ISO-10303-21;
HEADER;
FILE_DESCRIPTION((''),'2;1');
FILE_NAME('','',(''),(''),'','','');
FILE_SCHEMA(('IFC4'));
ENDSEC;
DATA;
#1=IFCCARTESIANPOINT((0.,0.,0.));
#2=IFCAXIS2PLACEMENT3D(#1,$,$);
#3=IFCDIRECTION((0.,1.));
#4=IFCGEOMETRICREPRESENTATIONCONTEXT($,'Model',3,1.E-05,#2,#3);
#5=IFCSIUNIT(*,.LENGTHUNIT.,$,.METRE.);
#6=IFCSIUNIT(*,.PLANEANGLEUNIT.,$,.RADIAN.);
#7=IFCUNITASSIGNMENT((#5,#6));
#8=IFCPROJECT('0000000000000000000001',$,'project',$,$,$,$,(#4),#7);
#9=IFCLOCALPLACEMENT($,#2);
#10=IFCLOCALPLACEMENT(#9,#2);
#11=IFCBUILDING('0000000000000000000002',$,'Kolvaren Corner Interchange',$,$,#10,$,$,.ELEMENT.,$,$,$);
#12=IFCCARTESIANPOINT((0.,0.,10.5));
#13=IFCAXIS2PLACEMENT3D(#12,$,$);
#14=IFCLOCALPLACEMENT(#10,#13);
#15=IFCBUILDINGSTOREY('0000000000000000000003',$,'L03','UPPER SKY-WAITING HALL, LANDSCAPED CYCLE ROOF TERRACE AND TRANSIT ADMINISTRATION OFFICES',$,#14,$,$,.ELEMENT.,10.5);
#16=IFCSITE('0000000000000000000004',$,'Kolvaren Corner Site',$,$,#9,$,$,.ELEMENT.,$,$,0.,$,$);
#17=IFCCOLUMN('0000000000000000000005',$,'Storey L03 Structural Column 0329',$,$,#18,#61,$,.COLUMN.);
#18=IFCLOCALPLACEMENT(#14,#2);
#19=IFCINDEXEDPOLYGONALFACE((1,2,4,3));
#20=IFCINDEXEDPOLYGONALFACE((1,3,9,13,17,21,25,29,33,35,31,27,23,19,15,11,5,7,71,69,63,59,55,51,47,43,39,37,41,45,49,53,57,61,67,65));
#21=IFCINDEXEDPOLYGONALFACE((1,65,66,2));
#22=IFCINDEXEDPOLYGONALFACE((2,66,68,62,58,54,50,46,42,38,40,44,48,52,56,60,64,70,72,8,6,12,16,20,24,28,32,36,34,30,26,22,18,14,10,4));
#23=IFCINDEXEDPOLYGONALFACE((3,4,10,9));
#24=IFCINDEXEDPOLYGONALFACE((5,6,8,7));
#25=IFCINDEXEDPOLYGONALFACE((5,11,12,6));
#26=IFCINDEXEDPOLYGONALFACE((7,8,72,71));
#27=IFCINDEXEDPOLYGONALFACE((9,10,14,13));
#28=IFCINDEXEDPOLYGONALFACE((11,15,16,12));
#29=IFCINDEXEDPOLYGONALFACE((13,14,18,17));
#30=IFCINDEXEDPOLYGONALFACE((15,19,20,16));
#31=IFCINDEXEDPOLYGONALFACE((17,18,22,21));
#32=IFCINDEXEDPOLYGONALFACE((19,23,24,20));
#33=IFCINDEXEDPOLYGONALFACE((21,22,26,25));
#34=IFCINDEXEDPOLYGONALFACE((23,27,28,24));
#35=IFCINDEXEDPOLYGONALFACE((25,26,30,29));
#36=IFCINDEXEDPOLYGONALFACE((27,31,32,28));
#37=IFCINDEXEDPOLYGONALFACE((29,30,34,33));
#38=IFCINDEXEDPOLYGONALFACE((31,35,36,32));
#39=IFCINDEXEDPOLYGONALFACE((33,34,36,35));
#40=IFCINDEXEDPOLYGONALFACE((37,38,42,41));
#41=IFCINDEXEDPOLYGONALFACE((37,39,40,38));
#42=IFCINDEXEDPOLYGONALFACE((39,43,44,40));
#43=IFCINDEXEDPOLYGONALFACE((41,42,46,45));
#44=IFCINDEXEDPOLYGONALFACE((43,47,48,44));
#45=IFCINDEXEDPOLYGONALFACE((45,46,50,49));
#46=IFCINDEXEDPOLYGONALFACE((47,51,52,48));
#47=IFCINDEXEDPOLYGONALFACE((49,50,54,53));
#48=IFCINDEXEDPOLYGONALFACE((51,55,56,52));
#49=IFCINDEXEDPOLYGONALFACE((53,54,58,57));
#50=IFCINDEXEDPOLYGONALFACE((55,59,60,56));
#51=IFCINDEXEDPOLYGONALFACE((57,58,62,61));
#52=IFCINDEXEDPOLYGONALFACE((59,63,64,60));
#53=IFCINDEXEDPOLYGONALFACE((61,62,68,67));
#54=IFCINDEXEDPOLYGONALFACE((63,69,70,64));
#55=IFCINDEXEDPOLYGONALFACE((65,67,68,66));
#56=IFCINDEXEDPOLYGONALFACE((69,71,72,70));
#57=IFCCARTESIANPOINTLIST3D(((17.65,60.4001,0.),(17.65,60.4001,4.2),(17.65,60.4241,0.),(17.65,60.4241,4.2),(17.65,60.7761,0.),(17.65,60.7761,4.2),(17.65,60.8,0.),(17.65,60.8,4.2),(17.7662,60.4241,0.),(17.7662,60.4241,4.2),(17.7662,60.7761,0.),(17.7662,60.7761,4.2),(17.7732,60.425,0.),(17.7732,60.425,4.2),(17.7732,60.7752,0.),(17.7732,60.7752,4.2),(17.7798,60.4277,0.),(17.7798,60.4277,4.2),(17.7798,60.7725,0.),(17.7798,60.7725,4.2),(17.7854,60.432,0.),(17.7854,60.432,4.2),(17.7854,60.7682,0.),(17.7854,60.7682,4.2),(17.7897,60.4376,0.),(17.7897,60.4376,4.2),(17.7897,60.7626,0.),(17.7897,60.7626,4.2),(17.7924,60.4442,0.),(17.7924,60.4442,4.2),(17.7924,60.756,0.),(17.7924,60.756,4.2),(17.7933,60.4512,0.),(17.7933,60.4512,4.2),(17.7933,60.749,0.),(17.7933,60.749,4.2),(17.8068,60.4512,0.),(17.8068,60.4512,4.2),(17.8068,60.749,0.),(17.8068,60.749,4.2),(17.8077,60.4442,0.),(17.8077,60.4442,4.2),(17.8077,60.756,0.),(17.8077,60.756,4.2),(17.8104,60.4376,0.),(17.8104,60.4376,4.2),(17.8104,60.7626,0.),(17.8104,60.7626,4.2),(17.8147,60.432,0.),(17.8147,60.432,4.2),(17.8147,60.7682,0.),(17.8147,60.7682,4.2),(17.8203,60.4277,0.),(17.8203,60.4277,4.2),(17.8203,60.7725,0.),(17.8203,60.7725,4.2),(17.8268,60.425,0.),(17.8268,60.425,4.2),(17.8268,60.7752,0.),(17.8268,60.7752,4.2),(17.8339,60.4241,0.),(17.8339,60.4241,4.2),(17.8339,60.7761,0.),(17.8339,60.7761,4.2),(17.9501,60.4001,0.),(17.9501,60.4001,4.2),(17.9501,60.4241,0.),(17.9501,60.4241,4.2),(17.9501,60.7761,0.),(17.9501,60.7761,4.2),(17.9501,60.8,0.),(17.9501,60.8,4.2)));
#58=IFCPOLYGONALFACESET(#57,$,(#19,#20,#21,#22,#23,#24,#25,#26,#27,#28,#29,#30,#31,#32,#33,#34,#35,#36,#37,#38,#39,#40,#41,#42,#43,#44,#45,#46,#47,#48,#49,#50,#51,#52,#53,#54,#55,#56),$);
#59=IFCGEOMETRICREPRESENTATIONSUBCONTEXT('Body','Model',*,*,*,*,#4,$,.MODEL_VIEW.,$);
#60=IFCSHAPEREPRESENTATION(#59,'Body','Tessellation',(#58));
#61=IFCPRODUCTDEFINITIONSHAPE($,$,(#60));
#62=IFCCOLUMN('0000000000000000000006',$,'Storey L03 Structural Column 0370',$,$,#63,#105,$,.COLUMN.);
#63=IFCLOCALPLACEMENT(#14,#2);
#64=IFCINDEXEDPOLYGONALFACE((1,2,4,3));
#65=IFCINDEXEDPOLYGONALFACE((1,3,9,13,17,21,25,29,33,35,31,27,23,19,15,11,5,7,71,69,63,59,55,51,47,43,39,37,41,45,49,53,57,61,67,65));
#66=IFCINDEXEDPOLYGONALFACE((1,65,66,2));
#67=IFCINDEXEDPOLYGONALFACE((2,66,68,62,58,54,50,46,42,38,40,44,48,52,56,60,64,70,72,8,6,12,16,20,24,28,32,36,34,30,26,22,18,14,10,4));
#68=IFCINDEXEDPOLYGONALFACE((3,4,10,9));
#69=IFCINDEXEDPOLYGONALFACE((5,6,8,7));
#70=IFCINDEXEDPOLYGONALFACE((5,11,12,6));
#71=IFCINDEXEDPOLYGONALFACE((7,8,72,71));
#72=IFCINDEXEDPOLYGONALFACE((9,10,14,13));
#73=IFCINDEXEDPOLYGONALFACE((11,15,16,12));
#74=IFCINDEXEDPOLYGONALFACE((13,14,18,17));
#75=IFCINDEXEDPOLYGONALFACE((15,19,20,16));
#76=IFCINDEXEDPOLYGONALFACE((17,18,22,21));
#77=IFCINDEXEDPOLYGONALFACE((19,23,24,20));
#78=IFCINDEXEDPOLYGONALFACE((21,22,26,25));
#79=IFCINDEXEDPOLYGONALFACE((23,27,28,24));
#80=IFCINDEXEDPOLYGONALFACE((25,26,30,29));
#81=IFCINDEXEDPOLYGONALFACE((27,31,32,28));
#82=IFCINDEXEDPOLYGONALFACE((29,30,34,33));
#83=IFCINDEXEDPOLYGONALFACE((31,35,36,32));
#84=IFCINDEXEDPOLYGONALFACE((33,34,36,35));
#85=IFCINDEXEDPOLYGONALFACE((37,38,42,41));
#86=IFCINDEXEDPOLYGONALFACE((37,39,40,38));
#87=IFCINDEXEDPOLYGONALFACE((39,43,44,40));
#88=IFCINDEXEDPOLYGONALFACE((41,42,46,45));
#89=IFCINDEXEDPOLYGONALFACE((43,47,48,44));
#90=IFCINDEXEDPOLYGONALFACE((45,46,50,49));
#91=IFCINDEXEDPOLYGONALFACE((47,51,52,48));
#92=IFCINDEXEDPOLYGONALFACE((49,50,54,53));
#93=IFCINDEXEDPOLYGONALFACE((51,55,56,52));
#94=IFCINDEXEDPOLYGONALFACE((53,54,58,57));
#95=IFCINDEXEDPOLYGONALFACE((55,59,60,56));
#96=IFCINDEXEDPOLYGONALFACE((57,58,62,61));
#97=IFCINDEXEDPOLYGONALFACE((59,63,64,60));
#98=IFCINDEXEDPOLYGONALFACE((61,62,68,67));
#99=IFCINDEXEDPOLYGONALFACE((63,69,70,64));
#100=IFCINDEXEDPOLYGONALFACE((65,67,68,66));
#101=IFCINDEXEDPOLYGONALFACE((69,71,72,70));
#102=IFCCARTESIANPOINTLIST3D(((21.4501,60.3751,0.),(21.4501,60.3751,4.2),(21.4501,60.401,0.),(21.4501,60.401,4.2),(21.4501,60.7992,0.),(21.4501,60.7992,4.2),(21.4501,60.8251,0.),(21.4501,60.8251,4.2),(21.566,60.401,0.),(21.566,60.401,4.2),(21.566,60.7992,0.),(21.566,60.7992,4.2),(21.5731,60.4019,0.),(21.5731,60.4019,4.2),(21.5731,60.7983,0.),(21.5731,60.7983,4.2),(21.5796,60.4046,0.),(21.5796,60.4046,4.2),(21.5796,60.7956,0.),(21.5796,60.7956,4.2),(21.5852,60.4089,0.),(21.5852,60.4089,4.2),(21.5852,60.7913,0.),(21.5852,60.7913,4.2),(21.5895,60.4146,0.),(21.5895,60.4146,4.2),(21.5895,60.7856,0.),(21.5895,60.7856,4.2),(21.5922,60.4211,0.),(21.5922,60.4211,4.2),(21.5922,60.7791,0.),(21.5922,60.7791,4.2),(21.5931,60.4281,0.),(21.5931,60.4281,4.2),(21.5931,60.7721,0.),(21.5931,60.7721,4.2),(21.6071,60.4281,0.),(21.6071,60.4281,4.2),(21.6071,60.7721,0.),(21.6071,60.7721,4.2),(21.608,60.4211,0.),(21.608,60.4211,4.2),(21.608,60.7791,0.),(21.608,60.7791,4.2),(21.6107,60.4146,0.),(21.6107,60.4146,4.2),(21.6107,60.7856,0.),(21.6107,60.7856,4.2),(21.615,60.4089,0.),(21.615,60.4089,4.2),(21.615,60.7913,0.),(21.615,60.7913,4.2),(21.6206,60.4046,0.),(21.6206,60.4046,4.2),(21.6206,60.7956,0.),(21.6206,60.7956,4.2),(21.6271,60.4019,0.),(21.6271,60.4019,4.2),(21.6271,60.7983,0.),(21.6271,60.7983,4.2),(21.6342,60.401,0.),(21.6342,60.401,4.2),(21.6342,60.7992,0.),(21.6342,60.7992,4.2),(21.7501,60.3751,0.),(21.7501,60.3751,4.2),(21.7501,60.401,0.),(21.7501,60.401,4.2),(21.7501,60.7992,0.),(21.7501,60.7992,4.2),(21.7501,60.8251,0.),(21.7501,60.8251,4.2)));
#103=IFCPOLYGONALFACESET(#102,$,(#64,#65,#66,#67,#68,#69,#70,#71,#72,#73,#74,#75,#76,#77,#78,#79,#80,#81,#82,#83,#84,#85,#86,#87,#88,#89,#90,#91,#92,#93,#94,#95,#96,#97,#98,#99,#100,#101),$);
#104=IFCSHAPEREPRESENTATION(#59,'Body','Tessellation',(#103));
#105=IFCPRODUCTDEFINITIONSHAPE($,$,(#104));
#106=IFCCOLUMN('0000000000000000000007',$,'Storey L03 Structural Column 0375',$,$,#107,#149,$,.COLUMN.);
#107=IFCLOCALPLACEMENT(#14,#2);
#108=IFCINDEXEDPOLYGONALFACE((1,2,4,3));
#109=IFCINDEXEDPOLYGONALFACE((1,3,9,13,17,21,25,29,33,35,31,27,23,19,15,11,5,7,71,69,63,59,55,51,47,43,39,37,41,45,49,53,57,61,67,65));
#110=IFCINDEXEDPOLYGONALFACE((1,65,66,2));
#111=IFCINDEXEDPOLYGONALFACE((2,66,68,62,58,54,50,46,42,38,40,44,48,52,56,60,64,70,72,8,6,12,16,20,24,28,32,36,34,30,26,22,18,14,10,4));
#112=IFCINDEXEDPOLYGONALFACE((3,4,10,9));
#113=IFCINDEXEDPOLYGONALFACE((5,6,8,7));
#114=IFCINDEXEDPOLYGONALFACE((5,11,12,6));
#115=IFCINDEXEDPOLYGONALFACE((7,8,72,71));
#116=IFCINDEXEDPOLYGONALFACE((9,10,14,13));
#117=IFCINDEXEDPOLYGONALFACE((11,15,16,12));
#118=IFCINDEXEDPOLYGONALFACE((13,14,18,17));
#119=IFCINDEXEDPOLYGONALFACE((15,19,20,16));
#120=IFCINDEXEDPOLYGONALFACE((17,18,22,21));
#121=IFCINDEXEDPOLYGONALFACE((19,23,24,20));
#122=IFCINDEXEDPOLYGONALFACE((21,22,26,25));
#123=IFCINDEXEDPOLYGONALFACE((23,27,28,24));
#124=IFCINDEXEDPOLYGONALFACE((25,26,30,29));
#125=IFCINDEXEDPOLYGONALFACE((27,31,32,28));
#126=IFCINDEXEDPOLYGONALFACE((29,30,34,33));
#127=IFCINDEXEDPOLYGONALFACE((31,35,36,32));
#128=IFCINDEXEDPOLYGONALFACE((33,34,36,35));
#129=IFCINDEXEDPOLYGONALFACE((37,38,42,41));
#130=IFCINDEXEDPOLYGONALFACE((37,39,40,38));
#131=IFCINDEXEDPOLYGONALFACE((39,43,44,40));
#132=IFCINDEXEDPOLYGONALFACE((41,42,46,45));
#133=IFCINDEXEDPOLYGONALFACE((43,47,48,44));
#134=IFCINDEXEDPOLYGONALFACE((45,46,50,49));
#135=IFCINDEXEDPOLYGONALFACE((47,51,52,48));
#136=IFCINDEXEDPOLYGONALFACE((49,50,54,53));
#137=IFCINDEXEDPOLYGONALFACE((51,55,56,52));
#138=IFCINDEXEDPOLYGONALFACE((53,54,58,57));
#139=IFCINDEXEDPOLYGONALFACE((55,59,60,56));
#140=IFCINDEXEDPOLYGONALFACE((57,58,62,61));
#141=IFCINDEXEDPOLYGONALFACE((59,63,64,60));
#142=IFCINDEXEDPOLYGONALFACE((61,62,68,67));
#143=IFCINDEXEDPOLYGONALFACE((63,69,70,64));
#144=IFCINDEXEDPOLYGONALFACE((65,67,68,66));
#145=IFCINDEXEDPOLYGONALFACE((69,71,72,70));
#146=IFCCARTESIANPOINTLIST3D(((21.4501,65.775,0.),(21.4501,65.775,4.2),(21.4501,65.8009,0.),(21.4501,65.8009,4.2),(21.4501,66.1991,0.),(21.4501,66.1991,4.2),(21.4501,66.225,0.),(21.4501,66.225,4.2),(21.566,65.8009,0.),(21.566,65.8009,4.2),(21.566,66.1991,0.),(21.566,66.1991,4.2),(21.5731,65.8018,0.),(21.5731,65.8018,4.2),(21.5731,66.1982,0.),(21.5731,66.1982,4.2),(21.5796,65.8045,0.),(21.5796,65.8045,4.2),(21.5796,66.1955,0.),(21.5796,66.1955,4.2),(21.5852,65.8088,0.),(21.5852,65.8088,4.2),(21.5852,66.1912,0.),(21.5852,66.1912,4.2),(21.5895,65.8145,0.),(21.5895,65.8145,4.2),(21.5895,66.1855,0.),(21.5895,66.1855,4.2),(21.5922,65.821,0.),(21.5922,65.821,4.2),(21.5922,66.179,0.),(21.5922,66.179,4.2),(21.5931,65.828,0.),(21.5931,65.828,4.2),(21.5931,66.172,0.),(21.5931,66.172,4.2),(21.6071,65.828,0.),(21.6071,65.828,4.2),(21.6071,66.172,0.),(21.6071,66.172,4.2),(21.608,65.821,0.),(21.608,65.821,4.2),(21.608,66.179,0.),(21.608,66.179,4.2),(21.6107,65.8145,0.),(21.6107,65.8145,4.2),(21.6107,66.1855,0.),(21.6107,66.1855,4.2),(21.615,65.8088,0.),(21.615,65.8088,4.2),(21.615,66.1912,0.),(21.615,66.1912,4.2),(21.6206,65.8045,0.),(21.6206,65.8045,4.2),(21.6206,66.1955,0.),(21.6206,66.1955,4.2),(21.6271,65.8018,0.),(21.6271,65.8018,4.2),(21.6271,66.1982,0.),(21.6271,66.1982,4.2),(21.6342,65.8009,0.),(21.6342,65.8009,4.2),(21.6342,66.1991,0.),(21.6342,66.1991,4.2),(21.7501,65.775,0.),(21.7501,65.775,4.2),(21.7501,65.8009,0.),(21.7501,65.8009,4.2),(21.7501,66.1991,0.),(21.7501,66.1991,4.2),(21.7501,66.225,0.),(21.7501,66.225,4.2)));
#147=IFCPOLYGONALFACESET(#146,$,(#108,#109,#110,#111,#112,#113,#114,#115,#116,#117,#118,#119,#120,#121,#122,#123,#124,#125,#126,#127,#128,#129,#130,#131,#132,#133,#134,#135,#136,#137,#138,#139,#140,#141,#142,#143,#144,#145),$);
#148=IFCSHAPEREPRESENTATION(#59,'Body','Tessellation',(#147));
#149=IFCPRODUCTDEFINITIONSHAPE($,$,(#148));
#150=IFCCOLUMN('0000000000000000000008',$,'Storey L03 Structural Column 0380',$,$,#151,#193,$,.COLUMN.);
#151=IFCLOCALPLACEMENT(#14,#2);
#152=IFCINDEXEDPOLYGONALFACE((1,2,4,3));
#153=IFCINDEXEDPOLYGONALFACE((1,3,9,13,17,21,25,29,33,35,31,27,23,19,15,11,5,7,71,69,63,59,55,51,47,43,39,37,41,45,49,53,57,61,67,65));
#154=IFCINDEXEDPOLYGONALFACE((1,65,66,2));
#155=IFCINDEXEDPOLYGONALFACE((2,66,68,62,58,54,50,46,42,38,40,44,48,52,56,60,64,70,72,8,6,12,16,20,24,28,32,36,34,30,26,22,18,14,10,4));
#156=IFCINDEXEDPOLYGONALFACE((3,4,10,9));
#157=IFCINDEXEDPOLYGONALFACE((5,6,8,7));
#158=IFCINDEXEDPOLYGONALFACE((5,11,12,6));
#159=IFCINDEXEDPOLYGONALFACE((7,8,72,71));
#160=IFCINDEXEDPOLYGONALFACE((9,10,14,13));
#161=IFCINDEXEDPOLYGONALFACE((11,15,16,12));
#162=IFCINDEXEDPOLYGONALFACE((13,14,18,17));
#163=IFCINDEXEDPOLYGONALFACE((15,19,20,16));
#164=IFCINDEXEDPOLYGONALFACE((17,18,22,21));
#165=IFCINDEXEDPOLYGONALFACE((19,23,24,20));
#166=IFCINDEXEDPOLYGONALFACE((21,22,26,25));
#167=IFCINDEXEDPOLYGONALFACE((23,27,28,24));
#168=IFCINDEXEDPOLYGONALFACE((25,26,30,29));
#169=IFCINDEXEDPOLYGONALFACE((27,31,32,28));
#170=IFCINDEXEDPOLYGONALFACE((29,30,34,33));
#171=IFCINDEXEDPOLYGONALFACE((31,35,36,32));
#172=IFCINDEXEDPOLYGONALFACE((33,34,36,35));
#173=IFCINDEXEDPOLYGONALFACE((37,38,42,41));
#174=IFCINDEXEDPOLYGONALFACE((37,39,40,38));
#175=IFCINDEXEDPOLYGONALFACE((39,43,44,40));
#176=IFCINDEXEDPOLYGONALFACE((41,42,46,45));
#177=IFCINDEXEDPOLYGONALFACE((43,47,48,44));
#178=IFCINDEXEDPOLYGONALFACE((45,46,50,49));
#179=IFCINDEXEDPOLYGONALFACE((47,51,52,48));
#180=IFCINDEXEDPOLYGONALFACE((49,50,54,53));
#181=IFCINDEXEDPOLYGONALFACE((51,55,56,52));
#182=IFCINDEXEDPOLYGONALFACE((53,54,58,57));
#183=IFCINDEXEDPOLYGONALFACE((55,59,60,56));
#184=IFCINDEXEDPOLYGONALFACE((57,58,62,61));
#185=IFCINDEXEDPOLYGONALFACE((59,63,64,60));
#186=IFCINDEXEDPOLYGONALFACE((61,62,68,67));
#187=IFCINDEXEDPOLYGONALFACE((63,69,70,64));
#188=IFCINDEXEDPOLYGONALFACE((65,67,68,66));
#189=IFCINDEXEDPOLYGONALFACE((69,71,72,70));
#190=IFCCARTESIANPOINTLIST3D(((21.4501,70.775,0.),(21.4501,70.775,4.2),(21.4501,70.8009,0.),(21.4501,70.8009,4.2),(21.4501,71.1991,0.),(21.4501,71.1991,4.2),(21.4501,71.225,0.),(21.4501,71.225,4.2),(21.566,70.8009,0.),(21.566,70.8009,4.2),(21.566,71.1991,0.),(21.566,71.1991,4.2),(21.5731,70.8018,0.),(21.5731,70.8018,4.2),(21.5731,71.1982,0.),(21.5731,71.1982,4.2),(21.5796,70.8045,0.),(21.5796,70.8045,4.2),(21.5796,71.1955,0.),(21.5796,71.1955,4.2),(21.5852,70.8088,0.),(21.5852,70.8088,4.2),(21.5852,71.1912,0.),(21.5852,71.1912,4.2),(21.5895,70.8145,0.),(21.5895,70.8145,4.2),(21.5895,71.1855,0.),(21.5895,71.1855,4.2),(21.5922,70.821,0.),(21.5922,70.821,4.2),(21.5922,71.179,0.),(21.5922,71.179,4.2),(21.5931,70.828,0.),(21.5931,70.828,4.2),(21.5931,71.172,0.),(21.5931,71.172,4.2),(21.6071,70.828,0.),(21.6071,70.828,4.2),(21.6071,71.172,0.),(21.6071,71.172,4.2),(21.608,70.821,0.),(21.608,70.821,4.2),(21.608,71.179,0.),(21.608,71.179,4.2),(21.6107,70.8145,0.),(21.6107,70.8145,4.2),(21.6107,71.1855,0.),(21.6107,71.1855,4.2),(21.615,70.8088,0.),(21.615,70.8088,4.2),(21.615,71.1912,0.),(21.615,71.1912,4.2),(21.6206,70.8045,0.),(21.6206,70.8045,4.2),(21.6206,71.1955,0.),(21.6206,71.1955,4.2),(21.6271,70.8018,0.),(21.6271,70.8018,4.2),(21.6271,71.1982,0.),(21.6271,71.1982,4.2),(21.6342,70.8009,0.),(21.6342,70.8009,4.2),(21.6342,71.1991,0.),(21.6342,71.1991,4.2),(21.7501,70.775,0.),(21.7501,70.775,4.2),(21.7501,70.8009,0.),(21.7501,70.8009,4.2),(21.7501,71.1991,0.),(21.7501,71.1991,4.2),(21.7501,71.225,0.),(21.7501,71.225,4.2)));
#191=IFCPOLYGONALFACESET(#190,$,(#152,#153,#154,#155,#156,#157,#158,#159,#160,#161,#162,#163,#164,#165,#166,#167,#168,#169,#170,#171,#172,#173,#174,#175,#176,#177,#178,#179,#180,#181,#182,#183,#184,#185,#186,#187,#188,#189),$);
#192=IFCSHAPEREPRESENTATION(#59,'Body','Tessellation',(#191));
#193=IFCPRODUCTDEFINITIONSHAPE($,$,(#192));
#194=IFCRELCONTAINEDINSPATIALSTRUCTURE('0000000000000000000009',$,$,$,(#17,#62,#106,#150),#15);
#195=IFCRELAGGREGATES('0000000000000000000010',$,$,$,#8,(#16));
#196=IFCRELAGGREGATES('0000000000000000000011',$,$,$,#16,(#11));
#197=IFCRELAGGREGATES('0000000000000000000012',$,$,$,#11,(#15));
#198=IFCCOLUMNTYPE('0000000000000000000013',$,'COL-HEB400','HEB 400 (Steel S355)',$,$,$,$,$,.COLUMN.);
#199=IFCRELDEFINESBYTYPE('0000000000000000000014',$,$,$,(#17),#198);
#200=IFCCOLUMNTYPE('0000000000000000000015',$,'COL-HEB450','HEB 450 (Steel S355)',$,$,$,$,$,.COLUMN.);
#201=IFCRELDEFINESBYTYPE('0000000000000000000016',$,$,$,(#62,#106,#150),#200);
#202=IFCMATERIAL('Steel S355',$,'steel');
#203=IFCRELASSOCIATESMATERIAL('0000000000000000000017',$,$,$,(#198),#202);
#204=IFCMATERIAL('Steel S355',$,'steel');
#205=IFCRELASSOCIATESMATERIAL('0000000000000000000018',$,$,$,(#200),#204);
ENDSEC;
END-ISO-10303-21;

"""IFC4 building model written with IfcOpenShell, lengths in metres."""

from ifc_helpers import new_model, si_unit, direction, frame, origin, origin_2d, place, context, subcontext, project, spatial, i_section, extrude, material, material_profile, profile_set, type_object, element, save


model = new_model("IFC4")

# Units and contexts
model_context = context("Model", 3, precision=1e-05, world=origin(), true_north=direction((0.0, 1.0)))
body_context = subcontext(model_context, "Body", "Model", "MODEL_VIEW")
ifc_project = project(units=[si_unit("LENGTHUNIT", "METRE"), si_unit("PLANEANGLEUNIT", "RADIAN")], contexts=[model_context])

# Site, building, storey
site_placement = place(None, origin())
site = spatial("IfcSite", under=ifc_project, at=site_placement, Name="Kolvaren Corner Site", CompositionType="ELEMENT", RefElevation=0.0)
building_placement = place(site_placement, origin())
building = spatial("IfcBuilding", under=site, at=building_placement, Name="Kolvaren Corner Interchange", CompositionType="ELEMENT")
storey_placement = place(building_placement, frame((0.0, 0.0, 10.5)))
storey = spatial("IfcBuildingStorey", under=building, at=storey_placement, Name="L03", Description="UPPER SKY-WAITING HALL, LANDSCAPED CYCLE ROOF TERRACE AND TRANSIT ADMINISTRATION OFFICES", CompositionType="ELEMENT", Elevation=10.5)

# Columns
ifc_material_1 = material(Name="Steel S355", Category="steel")
ifc_material_profile_1 = material_profile(ifc_material_1, i_section(OverallWidth=0.3, OverallDepth=0.3999, WebThickness=0.0134, FlangeThickness=0.0239, FilletRadius=0.0271, at=origin_2d()), Name="HEB 400")
ifc_profile_set_1 = profile_set([ifc_material_profile_1], Name="Steel S355")
column_type_1 = type_object("IfcColumnType", Name="COL-HEB400", Description="HEB 400 (Steel S355)", PredefinedType="COLUMN", material=ifc_profile_set_1)
column_placement = place(storey_placement, frame((17.8, 60.6001, 0.0), z_axis=(0.0, 0.0, 1.0), x_axis=(1.0, 0.0, 0.0)))
element("IfcColumn", 1, at=column_placement, inside=storey, type_object=column_type_1, Name="Storey L03 Structural Column 0329", PredefinedType="COLUMN", context=body_context, shape_type="SweptSolid", body=[
    extrude(i_section(OverallWidth=0.3, OverallDepth=0.3999, WebThickness=0.0134, FlangeThickness=0.0239, FilletRadius=0.0271, at=origin_2d()), origin(), (0.0, 0.0, 1.0), 4.2),
])
ifc_material_2 = material(Name="Steel S355", Category="steel")
ifc_material_profile_2 = material_profile(ifc_material_2, i_section(OverallWidth=0.3, OverallDepth=0.45, WebThickness=0.0139, FlangeThickness=0.0259, FilletRadius=0.0271, at=origin_2d()), Name="HEB 450")
ifc_profile_set_2 = profile_set([ifc_material_profile_2], Name="Steel S355")
column_type_2 = type_object("IfcColumnType", Name="COL-HEB450", Description="HEB 450 (Steel S355)", PredefinedType="COLUMN", material=ifc_profile_set_2)
for number, where, z_axis, x_axis, name in (
    (2, (21.6001, 60.6001, 0.0), (0.0, 0.0, 1.0), (1.0, 0.0, 0.0), "Storey L03 Structural Column 0370"),
    (3, (21.6001, 66.0, 0.0), (0.0, 0.0, 1.0), (1.0, 0.0, 0.0), "Storey L03 Structural Column 0375"),
    (4, (21.6001, 71.0, 0.0), (0.0, 0.0, 1.0), (1.0, 0.0, 0.0), "Storey L03 Structural Column 0380"),
):
    element("IfcColumn", number, at=place(storey_placement, frame(where, z_axis=z_axis, x_axis=x_axis)), inside=storey, type_object=column_type_2, Name=name, PredefinedType="COLUMN", context=body_context, shape_type="SweptSolid", body=[
        extrude(i_section(OverallWidth=0.3, OverallDepth=0.45, WebThickness=0.0139, FlangeThickness=0.0259, FilletRadius=0.0271, at=origin_2d()), origin(), (0.0, 0.0, 1.0), 4.2),
    ])

save(model, "model.ifc")
